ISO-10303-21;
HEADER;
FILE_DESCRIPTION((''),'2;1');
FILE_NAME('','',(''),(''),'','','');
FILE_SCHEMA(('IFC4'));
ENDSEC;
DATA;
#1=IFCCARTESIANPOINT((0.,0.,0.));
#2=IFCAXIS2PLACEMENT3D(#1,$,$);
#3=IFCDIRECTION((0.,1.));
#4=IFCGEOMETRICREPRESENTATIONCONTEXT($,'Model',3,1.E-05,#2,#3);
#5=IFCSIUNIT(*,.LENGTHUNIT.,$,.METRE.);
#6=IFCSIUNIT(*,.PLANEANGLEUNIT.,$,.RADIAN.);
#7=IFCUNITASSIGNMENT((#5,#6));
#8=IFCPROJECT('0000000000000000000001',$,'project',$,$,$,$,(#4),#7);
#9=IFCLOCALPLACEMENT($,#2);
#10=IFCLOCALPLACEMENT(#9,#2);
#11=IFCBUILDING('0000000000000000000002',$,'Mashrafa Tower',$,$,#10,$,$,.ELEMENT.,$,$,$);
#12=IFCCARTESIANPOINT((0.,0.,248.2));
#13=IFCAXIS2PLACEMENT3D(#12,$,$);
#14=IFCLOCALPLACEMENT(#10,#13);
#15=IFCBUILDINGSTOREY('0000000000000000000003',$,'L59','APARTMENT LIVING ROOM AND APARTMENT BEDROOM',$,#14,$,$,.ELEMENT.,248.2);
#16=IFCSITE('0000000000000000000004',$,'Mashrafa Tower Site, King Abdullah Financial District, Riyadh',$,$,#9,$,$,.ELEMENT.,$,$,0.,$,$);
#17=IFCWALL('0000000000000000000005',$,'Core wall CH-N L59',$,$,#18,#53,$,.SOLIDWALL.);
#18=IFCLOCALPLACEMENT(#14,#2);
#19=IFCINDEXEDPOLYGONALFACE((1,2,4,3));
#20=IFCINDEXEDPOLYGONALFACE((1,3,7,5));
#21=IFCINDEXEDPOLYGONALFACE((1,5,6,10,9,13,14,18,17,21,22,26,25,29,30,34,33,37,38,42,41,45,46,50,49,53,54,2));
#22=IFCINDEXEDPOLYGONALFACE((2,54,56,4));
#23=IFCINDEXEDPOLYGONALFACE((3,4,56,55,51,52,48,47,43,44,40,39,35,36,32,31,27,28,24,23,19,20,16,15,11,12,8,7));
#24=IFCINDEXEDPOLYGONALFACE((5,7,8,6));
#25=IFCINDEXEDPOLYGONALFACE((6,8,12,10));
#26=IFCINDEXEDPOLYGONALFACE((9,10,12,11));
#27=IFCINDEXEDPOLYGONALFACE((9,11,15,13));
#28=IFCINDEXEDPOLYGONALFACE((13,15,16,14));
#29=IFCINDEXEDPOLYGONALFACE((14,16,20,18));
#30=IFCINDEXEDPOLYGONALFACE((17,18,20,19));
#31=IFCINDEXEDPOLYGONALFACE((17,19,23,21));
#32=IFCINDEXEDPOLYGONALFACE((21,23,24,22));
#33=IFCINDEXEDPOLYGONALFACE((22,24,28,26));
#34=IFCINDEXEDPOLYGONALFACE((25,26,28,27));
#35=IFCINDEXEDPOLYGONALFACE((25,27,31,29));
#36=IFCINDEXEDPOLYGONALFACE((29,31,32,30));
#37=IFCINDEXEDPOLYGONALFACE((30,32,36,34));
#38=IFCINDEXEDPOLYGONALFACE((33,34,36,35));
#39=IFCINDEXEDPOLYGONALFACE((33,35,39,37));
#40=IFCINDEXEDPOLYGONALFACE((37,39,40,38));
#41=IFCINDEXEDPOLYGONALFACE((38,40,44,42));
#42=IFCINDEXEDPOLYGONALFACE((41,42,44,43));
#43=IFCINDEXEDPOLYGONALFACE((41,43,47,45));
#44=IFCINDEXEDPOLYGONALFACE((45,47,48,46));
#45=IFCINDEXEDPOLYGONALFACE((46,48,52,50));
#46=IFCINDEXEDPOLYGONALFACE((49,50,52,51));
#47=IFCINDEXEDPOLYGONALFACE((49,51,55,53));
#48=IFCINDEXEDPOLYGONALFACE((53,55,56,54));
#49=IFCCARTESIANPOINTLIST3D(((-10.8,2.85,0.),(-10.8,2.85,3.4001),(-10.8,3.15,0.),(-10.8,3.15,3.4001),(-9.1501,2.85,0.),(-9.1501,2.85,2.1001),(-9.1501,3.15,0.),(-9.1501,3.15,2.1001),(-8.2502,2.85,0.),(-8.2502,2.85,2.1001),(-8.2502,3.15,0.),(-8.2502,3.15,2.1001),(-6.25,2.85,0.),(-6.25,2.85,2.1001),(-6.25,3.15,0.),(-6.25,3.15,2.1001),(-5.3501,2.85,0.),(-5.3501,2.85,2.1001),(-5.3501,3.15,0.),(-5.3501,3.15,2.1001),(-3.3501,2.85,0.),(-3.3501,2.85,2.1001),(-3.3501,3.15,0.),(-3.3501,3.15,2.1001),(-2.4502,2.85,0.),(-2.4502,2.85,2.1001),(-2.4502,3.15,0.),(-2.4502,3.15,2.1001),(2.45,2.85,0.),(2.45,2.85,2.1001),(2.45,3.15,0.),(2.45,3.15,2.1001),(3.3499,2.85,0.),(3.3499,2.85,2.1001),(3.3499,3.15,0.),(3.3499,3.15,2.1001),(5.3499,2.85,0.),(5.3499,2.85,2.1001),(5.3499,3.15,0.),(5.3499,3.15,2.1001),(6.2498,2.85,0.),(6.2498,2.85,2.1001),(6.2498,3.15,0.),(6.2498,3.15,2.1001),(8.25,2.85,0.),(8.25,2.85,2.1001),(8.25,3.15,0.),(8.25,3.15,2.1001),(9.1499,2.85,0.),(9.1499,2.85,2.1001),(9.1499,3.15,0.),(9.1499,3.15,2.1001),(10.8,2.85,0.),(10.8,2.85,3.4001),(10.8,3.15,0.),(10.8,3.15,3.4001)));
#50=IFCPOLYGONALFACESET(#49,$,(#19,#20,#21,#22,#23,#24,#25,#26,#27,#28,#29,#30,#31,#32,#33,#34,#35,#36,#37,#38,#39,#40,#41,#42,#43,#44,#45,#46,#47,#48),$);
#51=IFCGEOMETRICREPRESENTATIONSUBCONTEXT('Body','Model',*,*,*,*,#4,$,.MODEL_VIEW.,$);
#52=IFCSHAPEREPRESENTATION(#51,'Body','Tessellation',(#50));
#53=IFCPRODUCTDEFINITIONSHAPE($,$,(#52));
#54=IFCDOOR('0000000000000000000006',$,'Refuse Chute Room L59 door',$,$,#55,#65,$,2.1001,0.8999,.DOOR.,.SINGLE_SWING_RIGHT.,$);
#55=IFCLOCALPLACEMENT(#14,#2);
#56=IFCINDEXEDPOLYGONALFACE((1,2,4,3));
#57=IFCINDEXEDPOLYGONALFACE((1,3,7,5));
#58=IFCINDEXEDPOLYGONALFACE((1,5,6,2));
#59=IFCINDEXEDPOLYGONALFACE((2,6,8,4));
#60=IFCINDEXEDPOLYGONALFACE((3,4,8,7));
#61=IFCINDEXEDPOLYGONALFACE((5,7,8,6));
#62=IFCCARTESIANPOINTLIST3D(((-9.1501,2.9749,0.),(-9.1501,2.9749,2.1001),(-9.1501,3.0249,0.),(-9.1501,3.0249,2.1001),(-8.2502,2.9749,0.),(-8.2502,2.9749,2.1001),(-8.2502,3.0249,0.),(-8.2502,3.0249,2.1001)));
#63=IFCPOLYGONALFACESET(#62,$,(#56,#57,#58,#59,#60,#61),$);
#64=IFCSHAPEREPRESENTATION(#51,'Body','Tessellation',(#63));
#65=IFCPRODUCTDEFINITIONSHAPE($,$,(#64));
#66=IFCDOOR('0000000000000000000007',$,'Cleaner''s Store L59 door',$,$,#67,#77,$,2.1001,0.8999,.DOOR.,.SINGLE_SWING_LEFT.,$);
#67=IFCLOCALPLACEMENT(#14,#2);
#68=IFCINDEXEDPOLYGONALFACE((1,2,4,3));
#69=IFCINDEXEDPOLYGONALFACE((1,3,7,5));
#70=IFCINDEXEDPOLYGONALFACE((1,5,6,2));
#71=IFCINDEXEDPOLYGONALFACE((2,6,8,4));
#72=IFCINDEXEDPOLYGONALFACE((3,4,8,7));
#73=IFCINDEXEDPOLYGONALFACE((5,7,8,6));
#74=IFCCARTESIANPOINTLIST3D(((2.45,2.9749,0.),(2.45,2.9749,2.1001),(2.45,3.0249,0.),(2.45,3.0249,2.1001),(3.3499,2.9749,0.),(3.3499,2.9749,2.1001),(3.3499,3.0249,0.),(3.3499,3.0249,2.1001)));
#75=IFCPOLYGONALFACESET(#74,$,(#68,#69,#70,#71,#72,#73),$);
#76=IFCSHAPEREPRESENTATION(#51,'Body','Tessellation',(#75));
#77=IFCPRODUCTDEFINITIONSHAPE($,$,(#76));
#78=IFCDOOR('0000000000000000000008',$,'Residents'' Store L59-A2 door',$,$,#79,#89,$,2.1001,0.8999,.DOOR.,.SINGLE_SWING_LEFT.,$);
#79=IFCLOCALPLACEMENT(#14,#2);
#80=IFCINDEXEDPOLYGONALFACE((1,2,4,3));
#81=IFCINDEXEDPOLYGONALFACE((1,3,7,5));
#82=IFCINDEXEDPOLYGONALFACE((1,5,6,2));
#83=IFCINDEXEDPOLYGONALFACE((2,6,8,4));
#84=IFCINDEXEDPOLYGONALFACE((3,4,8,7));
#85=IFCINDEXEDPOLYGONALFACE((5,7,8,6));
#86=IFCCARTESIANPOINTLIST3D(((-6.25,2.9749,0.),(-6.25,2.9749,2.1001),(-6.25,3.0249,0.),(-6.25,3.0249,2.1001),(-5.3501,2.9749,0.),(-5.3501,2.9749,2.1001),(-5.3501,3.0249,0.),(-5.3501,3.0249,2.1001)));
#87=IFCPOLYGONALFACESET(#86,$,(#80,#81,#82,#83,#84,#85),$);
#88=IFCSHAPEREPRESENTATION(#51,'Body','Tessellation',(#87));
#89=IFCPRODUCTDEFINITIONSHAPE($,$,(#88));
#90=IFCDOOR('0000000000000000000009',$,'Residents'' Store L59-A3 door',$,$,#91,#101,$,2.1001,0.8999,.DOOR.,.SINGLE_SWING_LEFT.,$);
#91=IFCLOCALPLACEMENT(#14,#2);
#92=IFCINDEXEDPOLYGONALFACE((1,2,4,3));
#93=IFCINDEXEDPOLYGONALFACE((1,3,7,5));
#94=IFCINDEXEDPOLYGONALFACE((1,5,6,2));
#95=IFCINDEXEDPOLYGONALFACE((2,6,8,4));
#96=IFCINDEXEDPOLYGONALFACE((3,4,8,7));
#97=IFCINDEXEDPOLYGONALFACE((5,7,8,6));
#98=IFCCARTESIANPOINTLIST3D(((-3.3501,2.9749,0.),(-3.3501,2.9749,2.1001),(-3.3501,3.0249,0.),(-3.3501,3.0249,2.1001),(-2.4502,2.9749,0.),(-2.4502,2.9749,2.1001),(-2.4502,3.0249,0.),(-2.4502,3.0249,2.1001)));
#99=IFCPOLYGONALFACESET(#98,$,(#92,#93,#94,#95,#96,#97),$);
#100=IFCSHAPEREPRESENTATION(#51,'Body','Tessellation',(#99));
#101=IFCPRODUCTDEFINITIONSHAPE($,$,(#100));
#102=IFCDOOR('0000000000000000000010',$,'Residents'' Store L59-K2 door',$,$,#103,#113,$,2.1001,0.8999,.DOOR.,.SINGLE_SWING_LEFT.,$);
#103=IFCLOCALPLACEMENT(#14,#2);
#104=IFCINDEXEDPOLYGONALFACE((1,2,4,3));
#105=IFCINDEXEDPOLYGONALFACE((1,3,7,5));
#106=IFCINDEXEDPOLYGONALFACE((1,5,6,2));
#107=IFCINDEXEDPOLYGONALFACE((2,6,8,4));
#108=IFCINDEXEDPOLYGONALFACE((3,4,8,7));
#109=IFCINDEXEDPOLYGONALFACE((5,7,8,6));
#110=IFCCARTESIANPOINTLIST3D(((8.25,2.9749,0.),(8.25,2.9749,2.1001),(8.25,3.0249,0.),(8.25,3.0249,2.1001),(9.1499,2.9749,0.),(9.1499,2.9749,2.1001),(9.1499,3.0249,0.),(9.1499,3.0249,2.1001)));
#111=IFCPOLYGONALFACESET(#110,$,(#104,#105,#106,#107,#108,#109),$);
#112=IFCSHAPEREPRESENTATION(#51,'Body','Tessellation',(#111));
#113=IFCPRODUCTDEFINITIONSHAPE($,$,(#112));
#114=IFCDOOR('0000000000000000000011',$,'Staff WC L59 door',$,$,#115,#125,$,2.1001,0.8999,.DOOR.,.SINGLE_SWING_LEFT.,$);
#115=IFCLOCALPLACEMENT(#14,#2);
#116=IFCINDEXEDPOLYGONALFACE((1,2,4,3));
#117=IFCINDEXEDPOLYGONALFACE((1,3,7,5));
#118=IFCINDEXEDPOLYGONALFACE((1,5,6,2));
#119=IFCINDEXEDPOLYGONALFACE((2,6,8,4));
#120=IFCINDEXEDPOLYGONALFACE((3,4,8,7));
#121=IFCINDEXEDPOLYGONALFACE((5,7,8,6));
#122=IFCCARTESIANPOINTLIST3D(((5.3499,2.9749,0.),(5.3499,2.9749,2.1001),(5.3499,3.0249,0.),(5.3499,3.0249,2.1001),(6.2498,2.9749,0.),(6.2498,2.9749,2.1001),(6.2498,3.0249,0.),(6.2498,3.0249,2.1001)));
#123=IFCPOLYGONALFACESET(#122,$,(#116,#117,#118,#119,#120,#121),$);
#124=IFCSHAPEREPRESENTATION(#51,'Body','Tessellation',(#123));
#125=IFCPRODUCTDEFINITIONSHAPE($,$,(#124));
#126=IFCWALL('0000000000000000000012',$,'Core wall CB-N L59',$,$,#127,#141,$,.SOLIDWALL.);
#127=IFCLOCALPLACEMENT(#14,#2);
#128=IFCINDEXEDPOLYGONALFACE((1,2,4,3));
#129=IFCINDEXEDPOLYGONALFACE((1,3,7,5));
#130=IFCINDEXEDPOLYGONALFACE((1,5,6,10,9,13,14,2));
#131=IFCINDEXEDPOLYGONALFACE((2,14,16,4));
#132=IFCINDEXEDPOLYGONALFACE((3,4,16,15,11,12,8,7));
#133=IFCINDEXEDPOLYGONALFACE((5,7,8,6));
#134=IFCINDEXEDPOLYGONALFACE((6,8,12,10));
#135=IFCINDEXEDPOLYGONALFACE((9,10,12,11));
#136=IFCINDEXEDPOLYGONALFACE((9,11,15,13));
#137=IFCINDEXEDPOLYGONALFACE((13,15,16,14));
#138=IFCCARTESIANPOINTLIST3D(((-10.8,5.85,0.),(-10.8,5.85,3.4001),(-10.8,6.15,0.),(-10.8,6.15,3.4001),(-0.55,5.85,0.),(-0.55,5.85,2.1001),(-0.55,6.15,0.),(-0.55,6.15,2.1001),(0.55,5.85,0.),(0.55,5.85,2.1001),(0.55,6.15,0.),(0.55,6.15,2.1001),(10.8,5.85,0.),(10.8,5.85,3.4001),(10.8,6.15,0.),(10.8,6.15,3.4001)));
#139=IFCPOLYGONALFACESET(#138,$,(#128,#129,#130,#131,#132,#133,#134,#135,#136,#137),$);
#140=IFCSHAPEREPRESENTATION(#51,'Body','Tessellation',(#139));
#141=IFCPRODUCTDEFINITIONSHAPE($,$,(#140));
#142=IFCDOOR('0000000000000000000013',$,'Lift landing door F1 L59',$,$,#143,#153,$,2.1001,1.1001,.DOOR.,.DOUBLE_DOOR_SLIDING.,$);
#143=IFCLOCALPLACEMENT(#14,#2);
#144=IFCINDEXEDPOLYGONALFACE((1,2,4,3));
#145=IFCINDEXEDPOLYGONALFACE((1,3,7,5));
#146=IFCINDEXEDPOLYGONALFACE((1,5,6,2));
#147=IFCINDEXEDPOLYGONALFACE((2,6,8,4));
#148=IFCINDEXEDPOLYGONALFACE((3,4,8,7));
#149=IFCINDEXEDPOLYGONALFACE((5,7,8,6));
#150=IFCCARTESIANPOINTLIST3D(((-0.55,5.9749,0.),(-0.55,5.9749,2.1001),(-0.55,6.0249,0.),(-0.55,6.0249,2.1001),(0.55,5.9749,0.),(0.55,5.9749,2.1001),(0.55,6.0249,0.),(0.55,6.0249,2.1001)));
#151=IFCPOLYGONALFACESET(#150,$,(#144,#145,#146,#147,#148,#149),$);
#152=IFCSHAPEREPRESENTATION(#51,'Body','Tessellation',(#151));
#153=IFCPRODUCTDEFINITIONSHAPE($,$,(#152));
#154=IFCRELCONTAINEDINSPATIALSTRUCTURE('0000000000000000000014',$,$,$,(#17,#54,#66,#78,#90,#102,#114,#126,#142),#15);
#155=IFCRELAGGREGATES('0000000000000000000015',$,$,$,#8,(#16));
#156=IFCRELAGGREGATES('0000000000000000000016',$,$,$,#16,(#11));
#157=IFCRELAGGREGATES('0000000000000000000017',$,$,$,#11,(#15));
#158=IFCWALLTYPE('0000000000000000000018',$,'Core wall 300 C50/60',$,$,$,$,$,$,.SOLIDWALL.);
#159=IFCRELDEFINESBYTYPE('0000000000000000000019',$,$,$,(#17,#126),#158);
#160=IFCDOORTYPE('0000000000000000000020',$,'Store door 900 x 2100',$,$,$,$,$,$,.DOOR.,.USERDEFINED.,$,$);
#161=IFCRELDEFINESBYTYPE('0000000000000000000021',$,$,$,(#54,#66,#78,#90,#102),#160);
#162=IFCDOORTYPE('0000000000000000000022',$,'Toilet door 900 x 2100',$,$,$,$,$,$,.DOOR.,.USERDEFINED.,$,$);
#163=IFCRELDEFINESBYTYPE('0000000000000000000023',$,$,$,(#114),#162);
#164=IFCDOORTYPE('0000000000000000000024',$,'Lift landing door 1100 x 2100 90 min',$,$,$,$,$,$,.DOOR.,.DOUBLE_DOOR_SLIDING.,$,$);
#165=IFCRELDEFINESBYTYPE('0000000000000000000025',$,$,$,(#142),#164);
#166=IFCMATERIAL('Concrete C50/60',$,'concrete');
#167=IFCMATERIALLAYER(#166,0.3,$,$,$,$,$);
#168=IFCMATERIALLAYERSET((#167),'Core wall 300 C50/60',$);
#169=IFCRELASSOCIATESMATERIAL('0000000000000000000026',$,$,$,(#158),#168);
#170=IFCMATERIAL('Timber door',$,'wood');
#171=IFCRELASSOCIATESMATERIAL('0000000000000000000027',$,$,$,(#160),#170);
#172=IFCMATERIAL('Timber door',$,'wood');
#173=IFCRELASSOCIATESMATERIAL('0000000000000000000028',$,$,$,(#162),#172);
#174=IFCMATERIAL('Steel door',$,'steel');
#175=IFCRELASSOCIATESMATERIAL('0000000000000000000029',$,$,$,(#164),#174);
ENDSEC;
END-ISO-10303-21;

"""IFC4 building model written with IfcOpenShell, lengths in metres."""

from ifc_helpers import new_model, si_unit, direction, frame, frame_2d, origin, place, context, subcontext, project, spatial, rectangle, extrude, material, layer, layer_set, type_object, element, fill, save


model = new_model("IFC4")

# Units and contexts
model_context = context("Model", 3, precision=1e-05, world=origin(), true_north=direction((0.0, 1.0)))
body_context = subcontext(model_context, "Body", "Model", "MODEL_VIEW")
ifc_project = project(units=[si_unit("LENGTHUNIT", "METRE"), si_unit("PLANEANGLEUNIT", "RADIAN")], contexts=[model_context])

# Site, building, storey
site_placement = place(None, origin())
site = spatial("IfcSite", under=ifc_project, at=site_placement, Name="Mashrafa Tower Site, King Abdullah Financial District, Riyadh", CompositionType="ELEMENT", RefElevation=0.0)
building_placement = place(site_placement, origin())
building = spatial("IfcBuilding", under=site, at=building_placement, Name="Mashrafa Tower", CompositionType="ELEMENT")
storey_placement = place(building_placement, frame((0.0, 0.0, 248.2)))
storey = spatial("IfcBuildingStorey", under=building, at=storey_placement, Name="L59", Description="APARTMENT LIVING ROOM AND APARTMENT BEDROOM", CompositionType="ELEMENT", Elevation=248.2)

# Wall, openings, doors
ifc_material_1 = material(Name="Concrete C50/60", Category="concrete")
ifc_layer_1 = layer(ifc_material_1, 0.3)
ifc_layer_set_1 = layer_set([ifc_layer_1], Name="Core wall 300 C50/60")
wall_type_1 = type_object("IfcWallType", Name="Core wall 300 C50/60", PredefinedType="SOLIDWALL", material=ifc_layer_set_1)
wall_1_placement = place(storey_placement, frame((-10.8, 3.0, 0.0), z_axis=(0.0, 0.0, 1.0), x_axis=(1.0, 0.0, 0.0)))
wall_1 = element("IfcWall", 1, at=wall_1_placement, inside=storey, type_object=wall_type_1, Name="Core wall CH-N L59", PredefinedType="SOLIDWALL", context=body_context, shape_type="SweptSolid", body=[
    extrude(rectangle(XDim=21.6001, YDim=0.3, at=frame_2d((10.8, 0.0))), origin(), (0.0, 0.0, 1.0), 3.4001),
])
opening_1_placement = place(wall_1_placement, frame((1.6499, 0.0, 0.0)))
opening_1 = element("IfcOpeningElement", 2, at=opening_1_placement, cuts=wall_1, PredefinedType="OPENING", context=body_context, shape_type="SweptSolid", body=[
    extrude(rectangle(XDim=0.8999, YDim=2.1001, at=frame_2d((0.45, 1.05))), frame((0.0, 0.1599, 0.0), z_axis=(0.0, -1.0, 0.0), x_axis=(1.0, 0.0, 0.0)), (0.0, 0.0, 1.0), 0.3201),
])
opening_2_placement = place(wall_1_placement, frame((13.25, 0.0, 0.0)))
opening_2 = element("IfcOpeningElement", 3, at=opening_2_placement, cuts=wall_1, PredefinedType="OPENING", context=body_context, shape_type="SweptSolid", body=[
    extrude(rectangle(XDim=0.8999, YDim=2.1001, at=frame_2d((0.45, 1.05))), frame((0.0, 0.1599, 0.0), z_axis=(0.0, -1.0, 0.0), x_axis=(1.0, 0.0, 0.0)), (0.0, 0.0, 1.0), 0.3201),
])
opening_3_placement = place(wall_1_placement, frame((16.1499, 0.0, 0.0)))
opening_3 = element("IfcOpeningElement", 4, at=opening_3_placement, cuts=wall_1, PredefinedType="OPENING", context=body_context, shape_type="SweptSolid", body=[
    extrude(rectangle(XDim=0.8999, YDim=2.1001, at=frame_2d((0.45, 1.05))), frame((0.0, 0.1599, 0.0), z_axis=(0.0, -1.0, 0.0), x_axis=(1.0, 0.0, 0.0)), (0.0, 0.0, 1.0), 0.3201),
])
opening_4_placement = place(wall_1_placement, frame((4.55, 0.0, 0.0)))
opening_4 = element("IfcOpeningElement", 5, at=opening_4_placement, cuts=wall_1, PredefinedType="OPENING", context=body_context, shape_type="SweptSolid", body=[
    extrude(rectangle(XDim=0.8999, YDim=2.1001, at=frame_2d((0.45, 1.05))), frame((0.0, 0.1599, 0.0), z_axis=(0.0, -1.0, 0.0), x_axis=(1.0, 0.0, 0.0)), (0.0, 0.0, 1.0), 0.3201),
])
opening_5_placement = place(wall_1_placement, frame((7.45, 0.0, 0.0)))
opening_5 = element("IfcOpeningElement", 6, at=opening_5_placement, cuts=wall_1, PredefinedType="OPENING", context=body_context, shape_type="SweptSolid", body=[
    extrude(rectangle(XDim=0.8999, YDim=2.1001, at=frame_2d((0.45, 1.05))), frame((0.0, 0.1599, 0.0), z_axis=(0.0, -1.0, 0.0), x_axis=(1.0, 0.0, 0.0)), (0.0, 0.0, 1.0), 0.3201),
])
opening_6_placement = place(wall_1_placement, frame((19.05, 0.0, 0.0)))
opening_6 = element("IfcOpeningElement", 7, at=opening_6_placement, cuts=wall_1, PredefinedType="OPENING", context=body_context, shape_type="SweptSolid", body=[
    extrude(rectangle(XDim=0.8999, YDim=2.1001, at=frame_2d((0.45, 1.05))), frame((0.0, 0.1599, 0.0), z_axis=(0.0, -1.0, 0.0), x_axis=(1.0, 0.0, 0.0)), (0.0, 0.0, 1.0), 0.3201),
])
ifc_material_2 = material(Name="Timber door", Category="wood")
door_type_1 = type_object("IfcDoorType", Name="Store door 900 x 2100", OperationType="USERDEFINED", PredefinedType="DOOR", material=ifc_material_2)
door_1_placement = place(opening_1_placement, origin())
door_1 = element("IfcDoor", 8, at=door_1_placement, inside=storey, type_object=door_type_1, Name="Refuse Chute Room L59 door", OperationType="SINGLE_SWING_RIGHT", OverallHeight=2.1001, OverallWidth=0.8999, PredefinedType="DOOR", context=body_context, shape_type="SweptSolid", body=[
    extrude(rectangle(XDim=0.8999, YDim=2.1001, at=frame_2d((0.45, 1.05))), frame((0.0, 0.0249, 0.0), z_axis=(0.0, -1.0, 0.0), x_axis=(1.0, 0.0, 0.0)), (0.0, 0.0, 1.0), 0.05),
])
fill(opening_1, door_1)
door_2_placement = place(opening_2_placement, origin())
door_2 = element("IfcDoor", 9, at=door_2_placement, inside=storey, type_object=door_type_1, Name="Cleaner's Store L59 door", OperationType="SINGLE_SWING_LEFT", OverallHeight=2.1001, OverallWidth=0.8999, PredefinedType="DOOR", context=body_context, shape_type="SweptSolid", body=[
    extrude(rectangle(XDim=0.8999, YDim=2.1001, at=frame_2d((0.45, 1.05))), frame((0.0, 0.0249, 0.0), z_axis=(0.0, -1.0, 0.0), x_axis=(1.0, 0.0, 0.0)), (0.0, 0.0, 1.0), 0.05),
])
fill(opening_2, door_2)
door_3_placement = place(opening_4_placement, origin())
door_3 = element("IfcDoor", 10, at=door_3_placement, inside=storey, type_object=door_type_1, Name="Residents' Store L59-A2 door", OperationType="SINGLE_SWING_LEFT", OverallHeight=2.1001, OverallWidth=0.8999, PredefinedType="DOOR", context=body_context, shape_type="SweptSolid", body=[
    extrude(rectangle(XDim=0.8999, YDim=2.1001, at=frame_2d((0.45, 1.05))), frame((0.0, 0.0249, 0.0), z_axis=(0.0, -1.0, 0.0), x_axis=(1.0, 0.0, 0.0)), (0.0, 0.0, 1.0), 0.05),
])
fill(opening_4, door_3)
door_4_placement = place(opening_5_placement, origin())
door_4 = element("IfcDoor", 11, at=door_4_placement, inside=storey, type_object=door_type_1, Name="Residents' Store L59-A3 door", OperationType="SINGLE_SWING_LEFT", OverallHeight=2.1001, OverallWidth=0.8999, PredefinedType="DOOR", context=body_context, shape_type="SweptSolid", body=[
    extrude(rectangle(XDim=0.8999, YDim=2.1001, at=frame_2d((0.45, 1.05))), frame((0.0, 0.0249, 0.0), z_axis=(0.0, -1.0, 0.0), x_axis=(1.0, 0.0, 0.0)), (0.0, 0.0, 1.0), 0.05),
])
fill(opening_5, door_4)
door_5_placement = place(opening_6_placement, origin())
door_5 = element("IfcDoor", 12, at=door_5_placement, inside=storey, type_object=door_type_1, Name="Residents' Store L59-K2 door", OperationType="SINGLE_SWING_LEFT", OverallHeight=2.1001, OverallWidth=0.8999, PredefinedType="DOOR", context=body_context, shape_type="SweptSolid", body=[
    extrude(rectangle(XDim=0.8999, YDim=2.1001, at=frame_2d((0.45, 1.05))), frame((0.0, 0.0249, 0.0), z_axis=(0.0, -1.0, 0.0), x_axis=(1.0, 0.0, 0.0)), (0.0, 0.0, 1.0), 0.05),
])
fill(opening_6, door_5)
ifc_material_3 = material(Name="Timber door", Category="wood")
door_type_2 = type_object("IfcDoorType", Name="Toilet door 900 x 2100", OperationType="USERDEFINED", PredefinedType="DOOR", material=ifc_material_3)
door_6_placement = place(opening_3_placement, origin())
door_6 = element("IfcDoor", 13, at=door_6_placement, inside=storey, type_object=door_type_2, Name="Staff WC L59 door", OperationType="SINGLE_SWING_LEFT", OverallHeight=2.1001, OverallWidth=0.8999, PredefinedType="DOOR", context=body_context, shape_type="SweptSolid", body=[
    extrude(rectangle(XDim=0.8999, YDim=2.1001, at=frame_2d((0.45, 1.05))), frame((0.0, 0.0249, 0.0), z_axis=(0.0, -1.0, 0.0), x_axis=(1.0, 0.0, 0.0)), (0.0, 0.0, 1.0), 0.05),
])
fill(opening_3, door_6)

# Wall, opening, door
wall_2_placement = place(storey_placement, frame((-10.8, 6.0, 0.0), z_axis=(0.0, 0.0, 1.0), x_axis=(1.0, 0.0, 0.0)))
wall_2 = element("IfcWall", 14, at=wall_2_placement, inside=storey, type_object=wall_type_1, Name="Core wall CB-N L59", PredefinedType="SOLIDWALL", context=body_context, shape_type="SweptSolid", body=[
    extrude(rectangle(XDim=21.6001, YDim=0.3, at=frame_2d((10.8, 0.0))), origin(), (0.0, 0.0, 1.0), 3.4001),
])
opening_7_placement = place(wall_2_placement, frame((10.25, 0.0, 0.0)))
opening_7 = element("IfcOpeningElement", 15, at=opening_7_placement, cuts=wall_2, PredefinedType="OPENING", context=body_context, shape_type="SweptSolid", body=[
    extrude(rectangle(XDim=1.1001, YDim=2.1001, at=frame_2d((0.55, 1.05))), frame((0.0, 0.1599, 0.0), z_axis=(0.0, -1.0, 0.0), x_axis=(1.0, 0.0, 0.0)), (0.0, 0.0, 1.0), 0.3201),
])
ifc_material_4 = material(Name="Steel door", Category="steel")
door_type_3 = type_object("IfcDoorType", Name="Lift landing door 1100 x 2100 90 min", OperationType="DOUBLE_DOOR_SLIDING", PredefinedType="DOOR", material=ifc_material_4)
door_7_placement = place(opening_7_placement, origin())
door_7 = element("IfcDoor", 16, at=door_7_placement, inside=storey, type_object=door_type_3, Name="Lift landing door F1 L59", OperationType="DOUBLE_DOOR_SLIDING", OverallHeight=2.1001, OverallWidth=1.1001, PredefinedType="DOOR", context=body_context, shape_type="SweptSolid", body=[
    extrude(rectangle(XDim=1.1001, YDim=2.1001, at=frame_2d((0.55, 1.05))), frame((0.0, 0.0249, 0.0), z_axis=(0.0, -1.0, 0.0), x_axis=(1.0, 0.0, 0.0)), (0.0, 0.0, 1.0), 0.05),
])
fill(opening_7, door_7)

save(model, "model.ifc")
